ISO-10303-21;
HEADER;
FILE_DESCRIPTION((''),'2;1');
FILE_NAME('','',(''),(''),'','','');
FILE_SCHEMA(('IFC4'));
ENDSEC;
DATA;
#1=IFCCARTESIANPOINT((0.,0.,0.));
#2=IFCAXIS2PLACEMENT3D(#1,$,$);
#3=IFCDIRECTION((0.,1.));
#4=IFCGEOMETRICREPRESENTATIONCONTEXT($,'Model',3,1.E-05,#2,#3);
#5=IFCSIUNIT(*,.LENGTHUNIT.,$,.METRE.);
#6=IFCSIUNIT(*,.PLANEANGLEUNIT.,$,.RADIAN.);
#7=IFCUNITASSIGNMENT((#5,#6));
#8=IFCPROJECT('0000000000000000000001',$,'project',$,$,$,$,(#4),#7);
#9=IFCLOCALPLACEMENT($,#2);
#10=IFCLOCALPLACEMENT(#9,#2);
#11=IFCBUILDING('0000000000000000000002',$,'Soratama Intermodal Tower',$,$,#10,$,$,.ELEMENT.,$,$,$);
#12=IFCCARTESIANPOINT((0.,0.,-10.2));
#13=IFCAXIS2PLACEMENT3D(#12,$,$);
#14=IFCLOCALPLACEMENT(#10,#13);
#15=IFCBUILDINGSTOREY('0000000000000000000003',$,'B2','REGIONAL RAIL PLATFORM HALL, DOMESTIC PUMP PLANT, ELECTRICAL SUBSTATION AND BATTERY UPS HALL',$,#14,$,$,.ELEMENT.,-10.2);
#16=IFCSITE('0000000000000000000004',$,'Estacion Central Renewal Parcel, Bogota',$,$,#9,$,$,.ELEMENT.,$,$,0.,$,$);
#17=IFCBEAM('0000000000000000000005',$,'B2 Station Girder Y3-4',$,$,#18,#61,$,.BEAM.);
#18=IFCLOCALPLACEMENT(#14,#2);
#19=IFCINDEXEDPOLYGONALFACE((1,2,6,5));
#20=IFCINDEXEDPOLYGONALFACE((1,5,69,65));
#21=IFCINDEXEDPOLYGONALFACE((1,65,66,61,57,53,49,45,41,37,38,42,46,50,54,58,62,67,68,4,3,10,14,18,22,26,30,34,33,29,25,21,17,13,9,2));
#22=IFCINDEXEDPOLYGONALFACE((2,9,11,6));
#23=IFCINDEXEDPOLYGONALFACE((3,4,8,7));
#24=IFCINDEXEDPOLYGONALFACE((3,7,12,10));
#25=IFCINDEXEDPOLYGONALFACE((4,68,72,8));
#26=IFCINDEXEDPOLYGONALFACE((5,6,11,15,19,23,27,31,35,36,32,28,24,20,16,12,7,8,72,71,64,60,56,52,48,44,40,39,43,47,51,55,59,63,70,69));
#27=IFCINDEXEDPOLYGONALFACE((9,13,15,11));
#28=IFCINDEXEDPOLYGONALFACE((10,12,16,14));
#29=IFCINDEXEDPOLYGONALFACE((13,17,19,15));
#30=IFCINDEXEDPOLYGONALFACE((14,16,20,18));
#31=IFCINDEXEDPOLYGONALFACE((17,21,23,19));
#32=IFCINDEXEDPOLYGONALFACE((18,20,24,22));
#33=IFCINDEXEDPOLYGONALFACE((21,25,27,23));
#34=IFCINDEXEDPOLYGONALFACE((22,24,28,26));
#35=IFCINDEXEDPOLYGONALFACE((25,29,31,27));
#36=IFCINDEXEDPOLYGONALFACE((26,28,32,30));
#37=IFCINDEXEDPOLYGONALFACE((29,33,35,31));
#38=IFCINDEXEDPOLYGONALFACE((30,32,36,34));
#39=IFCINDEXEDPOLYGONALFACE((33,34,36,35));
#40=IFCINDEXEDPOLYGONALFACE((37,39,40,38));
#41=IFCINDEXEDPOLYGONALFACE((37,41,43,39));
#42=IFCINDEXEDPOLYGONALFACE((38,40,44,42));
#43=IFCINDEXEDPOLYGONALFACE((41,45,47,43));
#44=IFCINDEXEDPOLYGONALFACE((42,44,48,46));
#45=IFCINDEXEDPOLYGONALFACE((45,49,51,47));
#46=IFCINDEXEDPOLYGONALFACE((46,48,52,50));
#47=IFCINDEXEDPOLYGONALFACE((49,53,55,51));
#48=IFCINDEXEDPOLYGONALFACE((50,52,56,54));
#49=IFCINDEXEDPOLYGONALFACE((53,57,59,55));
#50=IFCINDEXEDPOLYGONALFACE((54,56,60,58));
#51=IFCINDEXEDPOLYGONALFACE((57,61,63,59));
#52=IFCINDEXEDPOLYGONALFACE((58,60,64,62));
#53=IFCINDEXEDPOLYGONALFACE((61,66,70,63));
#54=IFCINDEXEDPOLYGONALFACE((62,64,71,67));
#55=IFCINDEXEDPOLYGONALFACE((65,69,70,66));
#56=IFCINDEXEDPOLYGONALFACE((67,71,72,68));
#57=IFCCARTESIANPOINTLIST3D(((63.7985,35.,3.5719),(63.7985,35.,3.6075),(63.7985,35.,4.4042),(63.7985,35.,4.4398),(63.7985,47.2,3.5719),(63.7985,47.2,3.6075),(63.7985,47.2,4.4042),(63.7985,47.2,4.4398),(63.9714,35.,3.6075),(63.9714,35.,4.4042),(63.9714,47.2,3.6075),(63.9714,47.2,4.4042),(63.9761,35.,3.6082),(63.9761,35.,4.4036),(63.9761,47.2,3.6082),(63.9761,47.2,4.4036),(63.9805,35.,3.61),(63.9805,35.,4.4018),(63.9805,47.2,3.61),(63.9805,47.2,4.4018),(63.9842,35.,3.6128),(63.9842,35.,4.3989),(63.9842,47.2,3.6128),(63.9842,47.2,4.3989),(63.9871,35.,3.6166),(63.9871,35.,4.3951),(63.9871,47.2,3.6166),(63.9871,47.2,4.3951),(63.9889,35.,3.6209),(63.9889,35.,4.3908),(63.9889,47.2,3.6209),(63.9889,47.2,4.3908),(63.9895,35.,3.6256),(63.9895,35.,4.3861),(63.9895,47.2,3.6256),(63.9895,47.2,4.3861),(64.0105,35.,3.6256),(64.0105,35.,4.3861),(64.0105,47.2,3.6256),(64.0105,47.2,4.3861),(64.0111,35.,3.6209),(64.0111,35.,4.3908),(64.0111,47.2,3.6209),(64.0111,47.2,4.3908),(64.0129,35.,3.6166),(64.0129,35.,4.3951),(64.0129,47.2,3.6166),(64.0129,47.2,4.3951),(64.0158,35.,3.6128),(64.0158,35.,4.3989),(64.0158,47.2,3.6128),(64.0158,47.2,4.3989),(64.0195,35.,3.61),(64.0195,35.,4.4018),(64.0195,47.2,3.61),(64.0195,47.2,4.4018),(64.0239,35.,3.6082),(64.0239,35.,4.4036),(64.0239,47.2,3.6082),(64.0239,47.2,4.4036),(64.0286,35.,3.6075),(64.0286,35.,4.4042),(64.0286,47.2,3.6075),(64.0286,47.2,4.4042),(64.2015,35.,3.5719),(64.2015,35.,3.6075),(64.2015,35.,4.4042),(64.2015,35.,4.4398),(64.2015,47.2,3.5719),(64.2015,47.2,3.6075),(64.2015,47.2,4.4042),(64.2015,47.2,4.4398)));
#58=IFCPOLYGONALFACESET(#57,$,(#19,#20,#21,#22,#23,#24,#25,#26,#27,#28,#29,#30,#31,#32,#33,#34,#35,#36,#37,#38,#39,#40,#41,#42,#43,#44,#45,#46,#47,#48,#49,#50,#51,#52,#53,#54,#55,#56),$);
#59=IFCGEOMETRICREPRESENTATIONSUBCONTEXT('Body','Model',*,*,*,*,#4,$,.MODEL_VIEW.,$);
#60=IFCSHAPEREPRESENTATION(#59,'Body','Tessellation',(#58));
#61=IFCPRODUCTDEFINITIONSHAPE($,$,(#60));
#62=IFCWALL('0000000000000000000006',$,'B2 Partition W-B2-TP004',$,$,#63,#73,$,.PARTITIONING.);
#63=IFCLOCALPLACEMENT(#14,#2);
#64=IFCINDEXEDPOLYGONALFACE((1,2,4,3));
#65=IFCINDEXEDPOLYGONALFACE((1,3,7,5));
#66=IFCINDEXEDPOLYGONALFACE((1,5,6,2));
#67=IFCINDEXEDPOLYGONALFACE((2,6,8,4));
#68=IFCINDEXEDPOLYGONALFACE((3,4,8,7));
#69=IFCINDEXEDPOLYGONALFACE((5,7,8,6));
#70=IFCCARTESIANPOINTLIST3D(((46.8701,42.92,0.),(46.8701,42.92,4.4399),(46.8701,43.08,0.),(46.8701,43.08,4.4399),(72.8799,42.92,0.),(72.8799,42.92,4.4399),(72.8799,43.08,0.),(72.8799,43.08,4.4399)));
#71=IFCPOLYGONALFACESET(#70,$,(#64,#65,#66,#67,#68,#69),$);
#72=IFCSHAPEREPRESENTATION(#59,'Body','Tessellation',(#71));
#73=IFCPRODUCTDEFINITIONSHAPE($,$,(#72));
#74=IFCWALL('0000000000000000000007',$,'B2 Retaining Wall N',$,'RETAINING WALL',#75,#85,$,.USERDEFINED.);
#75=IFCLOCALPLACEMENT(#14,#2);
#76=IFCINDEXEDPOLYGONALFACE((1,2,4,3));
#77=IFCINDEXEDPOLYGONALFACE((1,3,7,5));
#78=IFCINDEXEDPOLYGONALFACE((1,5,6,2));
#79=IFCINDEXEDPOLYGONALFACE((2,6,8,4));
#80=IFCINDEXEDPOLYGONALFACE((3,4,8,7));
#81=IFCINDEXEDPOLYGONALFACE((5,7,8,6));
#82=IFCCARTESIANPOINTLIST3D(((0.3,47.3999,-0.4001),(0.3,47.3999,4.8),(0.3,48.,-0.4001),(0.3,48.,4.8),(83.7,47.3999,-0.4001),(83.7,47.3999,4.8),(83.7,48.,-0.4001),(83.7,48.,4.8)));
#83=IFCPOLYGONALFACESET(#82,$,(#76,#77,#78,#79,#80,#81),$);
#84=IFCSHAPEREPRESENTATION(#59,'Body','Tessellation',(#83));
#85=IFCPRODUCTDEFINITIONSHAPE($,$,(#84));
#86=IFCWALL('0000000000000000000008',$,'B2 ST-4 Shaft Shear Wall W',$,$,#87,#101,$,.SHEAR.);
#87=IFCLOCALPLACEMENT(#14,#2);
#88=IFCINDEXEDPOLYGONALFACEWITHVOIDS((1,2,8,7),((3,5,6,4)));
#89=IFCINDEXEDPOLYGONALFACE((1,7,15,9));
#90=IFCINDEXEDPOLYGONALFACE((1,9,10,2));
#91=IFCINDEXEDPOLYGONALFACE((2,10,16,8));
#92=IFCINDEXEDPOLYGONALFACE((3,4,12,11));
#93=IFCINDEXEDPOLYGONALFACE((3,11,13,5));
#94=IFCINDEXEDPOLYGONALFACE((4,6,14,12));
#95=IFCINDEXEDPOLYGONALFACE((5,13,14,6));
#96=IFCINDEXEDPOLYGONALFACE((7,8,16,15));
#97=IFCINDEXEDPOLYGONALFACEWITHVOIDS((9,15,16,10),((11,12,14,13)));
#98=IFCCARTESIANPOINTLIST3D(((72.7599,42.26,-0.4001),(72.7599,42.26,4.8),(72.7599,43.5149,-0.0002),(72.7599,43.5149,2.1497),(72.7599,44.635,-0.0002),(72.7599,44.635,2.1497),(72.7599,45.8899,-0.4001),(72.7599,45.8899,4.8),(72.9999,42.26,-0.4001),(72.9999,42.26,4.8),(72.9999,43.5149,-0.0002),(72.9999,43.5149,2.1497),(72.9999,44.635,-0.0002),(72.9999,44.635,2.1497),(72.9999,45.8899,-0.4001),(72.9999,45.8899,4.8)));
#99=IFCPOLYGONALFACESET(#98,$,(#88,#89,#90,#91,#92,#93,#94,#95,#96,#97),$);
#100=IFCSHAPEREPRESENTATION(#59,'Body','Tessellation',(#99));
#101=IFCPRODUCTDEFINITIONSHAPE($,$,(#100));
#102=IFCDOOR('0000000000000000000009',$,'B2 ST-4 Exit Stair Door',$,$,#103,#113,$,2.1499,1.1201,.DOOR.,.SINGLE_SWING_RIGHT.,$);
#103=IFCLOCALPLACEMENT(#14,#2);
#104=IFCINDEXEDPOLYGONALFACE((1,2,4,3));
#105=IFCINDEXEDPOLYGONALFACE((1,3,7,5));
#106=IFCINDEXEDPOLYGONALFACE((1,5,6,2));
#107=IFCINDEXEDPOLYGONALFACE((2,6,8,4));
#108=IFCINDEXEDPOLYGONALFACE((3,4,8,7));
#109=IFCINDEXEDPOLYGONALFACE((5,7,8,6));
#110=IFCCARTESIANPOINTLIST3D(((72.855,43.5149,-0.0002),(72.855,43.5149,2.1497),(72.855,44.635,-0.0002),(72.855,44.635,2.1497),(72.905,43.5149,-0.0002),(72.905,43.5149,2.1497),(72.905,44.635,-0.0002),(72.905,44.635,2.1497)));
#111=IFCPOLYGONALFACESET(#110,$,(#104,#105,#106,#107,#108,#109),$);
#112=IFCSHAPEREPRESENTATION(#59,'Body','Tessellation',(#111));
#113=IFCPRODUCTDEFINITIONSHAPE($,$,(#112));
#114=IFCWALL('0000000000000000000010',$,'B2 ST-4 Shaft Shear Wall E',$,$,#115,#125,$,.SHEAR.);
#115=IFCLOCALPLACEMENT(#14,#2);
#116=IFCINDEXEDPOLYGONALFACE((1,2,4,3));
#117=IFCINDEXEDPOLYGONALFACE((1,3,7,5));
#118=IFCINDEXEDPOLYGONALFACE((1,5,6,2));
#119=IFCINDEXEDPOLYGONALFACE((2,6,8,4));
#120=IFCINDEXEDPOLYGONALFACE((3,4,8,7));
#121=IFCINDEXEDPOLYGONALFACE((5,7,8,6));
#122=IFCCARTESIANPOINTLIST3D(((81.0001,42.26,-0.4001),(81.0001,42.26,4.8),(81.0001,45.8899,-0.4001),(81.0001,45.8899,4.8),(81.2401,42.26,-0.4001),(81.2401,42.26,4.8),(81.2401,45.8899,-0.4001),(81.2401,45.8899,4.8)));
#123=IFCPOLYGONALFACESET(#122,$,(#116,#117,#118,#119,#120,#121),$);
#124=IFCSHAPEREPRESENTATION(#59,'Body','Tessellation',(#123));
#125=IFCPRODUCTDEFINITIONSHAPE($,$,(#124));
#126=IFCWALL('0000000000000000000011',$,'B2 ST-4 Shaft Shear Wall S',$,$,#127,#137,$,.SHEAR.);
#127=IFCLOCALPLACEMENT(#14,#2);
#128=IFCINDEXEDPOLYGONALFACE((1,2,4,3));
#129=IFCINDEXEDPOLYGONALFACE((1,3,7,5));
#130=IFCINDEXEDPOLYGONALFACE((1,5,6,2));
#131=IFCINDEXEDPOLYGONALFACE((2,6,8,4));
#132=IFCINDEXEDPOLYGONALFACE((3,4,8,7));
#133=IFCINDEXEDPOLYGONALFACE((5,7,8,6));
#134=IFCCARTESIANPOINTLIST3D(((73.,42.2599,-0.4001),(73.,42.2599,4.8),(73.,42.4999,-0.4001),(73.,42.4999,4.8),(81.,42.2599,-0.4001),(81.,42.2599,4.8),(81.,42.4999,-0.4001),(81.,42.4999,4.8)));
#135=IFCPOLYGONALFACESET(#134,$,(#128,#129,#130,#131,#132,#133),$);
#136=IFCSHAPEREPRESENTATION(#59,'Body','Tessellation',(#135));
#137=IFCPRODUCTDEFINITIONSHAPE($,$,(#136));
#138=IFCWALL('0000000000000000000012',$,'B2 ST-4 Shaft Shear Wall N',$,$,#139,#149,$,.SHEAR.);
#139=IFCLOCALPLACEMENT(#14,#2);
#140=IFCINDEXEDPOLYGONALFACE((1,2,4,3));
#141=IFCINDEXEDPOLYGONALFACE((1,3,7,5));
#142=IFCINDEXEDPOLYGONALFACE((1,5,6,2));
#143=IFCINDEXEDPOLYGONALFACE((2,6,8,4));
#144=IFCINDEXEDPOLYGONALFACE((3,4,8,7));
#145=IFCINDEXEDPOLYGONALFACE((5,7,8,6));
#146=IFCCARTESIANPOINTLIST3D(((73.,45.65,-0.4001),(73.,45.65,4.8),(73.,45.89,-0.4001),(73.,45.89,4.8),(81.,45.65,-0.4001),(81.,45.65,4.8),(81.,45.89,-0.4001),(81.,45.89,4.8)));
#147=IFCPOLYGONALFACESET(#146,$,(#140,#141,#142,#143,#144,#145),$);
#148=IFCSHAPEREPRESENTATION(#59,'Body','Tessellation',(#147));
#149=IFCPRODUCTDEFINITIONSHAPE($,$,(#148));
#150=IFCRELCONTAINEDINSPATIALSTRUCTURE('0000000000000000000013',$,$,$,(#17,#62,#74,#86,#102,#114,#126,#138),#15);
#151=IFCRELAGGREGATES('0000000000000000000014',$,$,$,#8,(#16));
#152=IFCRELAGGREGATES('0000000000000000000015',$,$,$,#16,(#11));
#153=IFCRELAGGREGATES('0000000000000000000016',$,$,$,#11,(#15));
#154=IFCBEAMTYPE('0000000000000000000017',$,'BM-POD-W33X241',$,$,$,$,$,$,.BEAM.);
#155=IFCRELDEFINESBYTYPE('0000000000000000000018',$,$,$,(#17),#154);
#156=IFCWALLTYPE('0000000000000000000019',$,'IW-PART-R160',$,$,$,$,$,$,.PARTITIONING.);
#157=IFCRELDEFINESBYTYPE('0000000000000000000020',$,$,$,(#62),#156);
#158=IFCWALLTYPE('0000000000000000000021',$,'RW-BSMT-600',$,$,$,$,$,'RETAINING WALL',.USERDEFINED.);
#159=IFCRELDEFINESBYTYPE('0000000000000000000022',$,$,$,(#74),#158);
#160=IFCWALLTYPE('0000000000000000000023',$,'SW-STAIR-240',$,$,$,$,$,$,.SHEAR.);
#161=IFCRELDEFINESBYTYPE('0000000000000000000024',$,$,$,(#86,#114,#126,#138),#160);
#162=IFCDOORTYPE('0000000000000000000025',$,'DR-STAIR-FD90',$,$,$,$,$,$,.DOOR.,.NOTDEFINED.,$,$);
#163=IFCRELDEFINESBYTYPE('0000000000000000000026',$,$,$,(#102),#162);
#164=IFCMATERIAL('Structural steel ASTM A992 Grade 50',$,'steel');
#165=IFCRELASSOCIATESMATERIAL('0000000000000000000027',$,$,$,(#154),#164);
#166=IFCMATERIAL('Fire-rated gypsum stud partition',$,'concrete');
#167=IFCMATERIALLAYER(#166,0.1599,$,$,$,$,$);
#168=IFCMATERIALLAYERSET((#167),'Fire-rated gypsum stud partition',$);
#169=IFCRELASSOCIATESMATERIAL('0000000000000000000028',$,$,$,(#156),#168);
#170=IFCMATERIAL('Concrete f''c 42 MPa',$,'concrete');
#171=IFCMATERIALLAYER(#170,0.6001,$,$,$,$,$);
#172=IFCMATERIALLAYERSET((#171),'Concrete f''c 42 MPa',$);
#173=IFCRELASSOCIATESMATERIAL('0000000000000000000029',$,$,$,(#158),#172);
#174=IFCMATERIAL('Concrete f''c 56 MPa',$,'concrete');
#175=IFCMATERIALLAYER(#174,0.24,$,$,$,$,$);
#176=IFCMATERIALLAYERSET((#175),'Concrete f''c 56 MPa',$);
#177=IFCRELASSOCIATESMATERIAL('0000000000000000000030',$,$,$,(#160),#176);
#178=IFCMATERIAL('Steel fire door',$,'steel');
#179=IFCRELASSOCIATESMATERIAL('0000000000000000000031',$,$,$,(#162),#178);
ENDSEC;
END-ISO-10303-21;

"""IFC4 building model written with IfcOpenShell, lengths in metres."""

from ifc_helpers import new_model, si_unit, direction, frame, frame_2d, origin, origin_2d, place, context, subcontext, project, spatial, rectangle, i_section, extrude, material, layer, layer_set, material_profile, profile_set, type_object, element, fill, save


model = new_model("IFC4")

# Units and contexts
model_context = context("Model", 3, precision=1e-05, world=origin(), true_north=direction((0.0, 1.0)))
body_context = subcontext(model_context, "Body", "Model", "MODEL_VIEW")
ifc_project = project(units=[si_unit("LENGTHUNIT", "METRE"), si_unit("PLANEANGLEUNIT", "RADIAN")], contexts=[model_context])

# Site, building, storey
site_placement = place(None, origin())
site = spatial("IfcSite", under=ifc_project, at=site_placement, Name="Estacion Central Renewal Parcel, Bogota", CompositionType="ELEMENT", RefElevation=0.0)
building_placement = place(site_placement, origin())
building = spatial("IfcBuilding", under=site, at=building_placement, Name="Soratama Intermodal Tower", CompositionType="ELEMENT")
storey_placement = place(building_placement, frame((0.0, 0.0, -10.2)))
storey = spatial("IfcBuildingStorey", under=building, at=storey_placement, Name="B2", Description="REGIONAL RAIL PLATFORM HALL, DOMESTIC PUMP PLANT, ELECTRICAL SUBSTATION AND BATTERY UPS HALL", CompositionType="ELEMENT", Elevation=-10.2)

# Beam
ifc_material_1 = material(Name="Structural steel ASTM A992 Grade 50", Category="steel")
ifc_material_profile_1 = material_profile(ifc_material_1, i_section(OverallWidth=0.4031, OverallDepth=0.8679, WebThickness=0.021, FlangeThickness=0.0356, FilletRadius=0.0181, at=origin_2d()), Name="W33X241")
ifc_profile_set_1 = profile_set([ifc_material_profile_1], Name="Structural steel ASTM A992 Grade 50")
beam_type_1 = type_object("IfcBeamType", Name="BM-POD-W33X241", PredefinedType="BEAM", material=ifc_profile_set_1)
beam_1_placement = place(storey_placement, frame((64.0, 35.0, 4.0059), z_axis=(0.0, 1.0, 0.0), x_axis=(-1.0, 0.0, 0.0)))
element("IfcBeam", 1, at=beam_1_placement, inside=storey, type_object=beam_type_1, Name="B2 Station Girder Y3-4", PredefinedType="BEAM", context=body_context, shape_type="SweptSolid", body=[
    extrude(i_section(OverallWidth=0.4031, OverallDepth=0.8679, WebThickness=0.021, FlangeThickness=0.0356, FilletRadius=0.0181, at=origin_2d()), origin(), (0.0, 0.0, 1.0), 12.2),
])

# Walls
ifc_material_2 = material(Name="Fire-rated gypsum stud partition", Category="concrete")
ifc_layer_1 = layer(ifc_material_2, 0.1599)
ifc_layer_set_1 = layer_set([ifc_layer_1], Name="Fire-rated gypsum stud partition")
wall_type_1 = type_object("IfcWallType", Name="IW-PART-R160", PredefinedType="PARTITIONING", material=ifc_layer_set_1)
wall_1_placement = place(storey_placement, frame((72.8799, 43.0, 0.0), z_axis=(0.0, 0.0, 1.0), x_axis=(-1.0, 0.0, 0.0)))
element("IfcWall", 2, at=wall_1_placement, inside=storey, type_object=wall_type_1, Name="B2 Partition W-B2-TP004", PredefinedType="PARTITIONING", context=body_context, shape_type="SweptSolid", body=[
    extrude(rectangle(XDim=26.0098, YDim=0.1599, at=frame_2d((13.0049, 0.0))), origin(), (0.0, 0.0, 1.0), 4.4399),
])
ifc_material_3 = material(Name="Concrete f'c 42 MPa", Category="concrete")
ifc_layer_2 = layer(ifc_material_3, 0.6001)
ifc_layer_set_2 = layer_set([ifc_layer_2], Name="Concrete f'c 42 MPa")
wall_type_2 = type_object("IfcWallType", Name="RW-BSMT-600", ElementType="RETAINING WALL", PredefinedType="USERDEFINED", material=ifc_layer_set_2)
wall_2_placement = place(storey_placement, frame((83.7, 47.7, -0.4001), z_axis=(0.0, 0.0, 1.0), x_axis=(-1.0, 0.0, 0.0)))
element("IfcWall", 3, at=wall_2_placement, inside=storey, type_object=wall_type_2, Name="B2 Retaining Wall N", ObjectType="RETAINING WALL", PredefinedType="USERDEFINED", context=body_context, shape_type="SweptSolid", body=[
    extrude(rectangle(XDim=83.3999, YDim=0.6001, at=frame_2d((41.7, 0.0))), origin(), (0.0, 0.0, 1.0), 5.2002),
])

# Wall, opening, door
ifc_material_4 = material(Name="Concrete f'c 56 MPa", Category="concrete")
ifc_layer_3 = layer(ifc_material_4, 0.24)
ifc_layer_set_3 = layer_set([ifc_layer_3], Name="Concrete f'c 56 MPa")
wall_type_3 = type_object("IfcWallType", Name="SW-STAIR-240", PredefinedType="SHEAR", material=ifc_layer_set_3)
wall_3_placement = place(storey_placement, frame((72.8799, 42.26, -0.4001), z_axis=(0.0, 0.0, 1.0), x_axis=(0.0, 1.0, 0.0)))
wall_3 = element("IfcWall", 4, at=wall_3_placement, inside=storey, type_object=wall_type_3, Name="B2 ST-4 Shaft Shear Wall W", PredefinedType="SHEAR", context=body_context, shape_type="SweptSolid", body=[
    extrude(rectangle(XDim=3.6299, YDim=0.24, at=frame_2d((1.8149, 0.0))), origin(), (0.0, 0.0, 1.0), 5.2002),
])
opening_placement = place(wall_3_placement, frame((1.2549, 0.0, 0.3999)))
opening = element("IfcOpeningElement", 5, at=opening_placement, cuts=wall_3, PredefinedType="OPENING", context=body_context, shape_type="SweptSolid", body=[
    extrude(rectangle(XDim=1.1201, YDim=2.1499, at=frame_2d((0.5601, 1.075))), frame((0.0, 0.1299, 0.0), z_axis=(0.0, -1.0, 0.0), x_axis=(1.0, 0.0, 0.0)), (0.0, 0.0, 1.0), 0.26),
])
ifc_material_5 = material(Name="Steel fire door", Category="steel")
door_type = type_object("IfcDoorType", Name="DR-STAIR-FD90", OperationType="NOTDEFINED", PredefinedType="DOOR", material=ifc_material_5)
door_placement = place(opening_placement, origin())
door = element("IfcDoor", 6, at=door_placement, inside=storey, type_object=door_type, Name="B2 ST-4 Exit Stair Door", OperationType="SINGLE_SWING_RIGHT", OverallHeight=2.1499, OverallWidth=1.1201, PredefinedType="DOOR", context=body_context, shape_type="SweptSolid", body=[
    extrude(rectangle(XDim=1.1201, YDim=2.1499, at=frame_2d((0.5601, 1.075))), frame((0.0, 0.0249, 0.0), z_axis=(0.0, -1.0, 0.0), x_axis=(1.0, 0.0, 0.0)), (0.0, 0.0, 1.0), 0.05),
])
fill(opening, door)

# Walls
wall_4_placement = place(storey_placement, frame((81.1201, 42.26, -0.4001), z_axis=(0.0, 0.0, 1.0), x_axis=(0.0, 1.0, 0.0)))
element("IfcWall", 7, at=wall_4_placement, inside=storey, type_object=wall_type_3, Name="B2 ST-4 Shaft Shear Wall E", PredefinedType="SHEAR", context=body_context, shape_type="SweptSolid", body=[
    extrude(rectangle(XDim=3.6299, YDim=0.24, at=frame_2d((1.8149, 0.0))), origin(), (0.0, 0.0, 1.0), 5.2002),
])
for number, where, z_axis, x_axis, name in (
    (8, (73.0, 42.3799, -0.4001), (0.0, 0.0, 1.0), (1.0, 0.0, 0.0), "B2 ST-4 Shaft Shear Wall S"),
    (9, (73.0, 45.77, -0.4001), (0.0, 0.0, 1.0), (1.0, 0.0, 0.0), "B2 ST-4 Shaft Shear Wall N"),
):
    element("IfcWall", number, at=place(storey_placement, frame(where, z_axis=z_axis, x_axis=x_axis)), inside=storey, type_object=wall_type_3, Name=name, PredefinedType="SHEAR", context=body_context, shape_type="SweptSolid", body=[
        extrude(rectangle(XDim=8.0, YDim=0.24, at=frame_2d((4.0, 0.0))), origin(), (0.0, 0.0, 1.0), 5.2002),
    ])

save(model, "model.ifc")
